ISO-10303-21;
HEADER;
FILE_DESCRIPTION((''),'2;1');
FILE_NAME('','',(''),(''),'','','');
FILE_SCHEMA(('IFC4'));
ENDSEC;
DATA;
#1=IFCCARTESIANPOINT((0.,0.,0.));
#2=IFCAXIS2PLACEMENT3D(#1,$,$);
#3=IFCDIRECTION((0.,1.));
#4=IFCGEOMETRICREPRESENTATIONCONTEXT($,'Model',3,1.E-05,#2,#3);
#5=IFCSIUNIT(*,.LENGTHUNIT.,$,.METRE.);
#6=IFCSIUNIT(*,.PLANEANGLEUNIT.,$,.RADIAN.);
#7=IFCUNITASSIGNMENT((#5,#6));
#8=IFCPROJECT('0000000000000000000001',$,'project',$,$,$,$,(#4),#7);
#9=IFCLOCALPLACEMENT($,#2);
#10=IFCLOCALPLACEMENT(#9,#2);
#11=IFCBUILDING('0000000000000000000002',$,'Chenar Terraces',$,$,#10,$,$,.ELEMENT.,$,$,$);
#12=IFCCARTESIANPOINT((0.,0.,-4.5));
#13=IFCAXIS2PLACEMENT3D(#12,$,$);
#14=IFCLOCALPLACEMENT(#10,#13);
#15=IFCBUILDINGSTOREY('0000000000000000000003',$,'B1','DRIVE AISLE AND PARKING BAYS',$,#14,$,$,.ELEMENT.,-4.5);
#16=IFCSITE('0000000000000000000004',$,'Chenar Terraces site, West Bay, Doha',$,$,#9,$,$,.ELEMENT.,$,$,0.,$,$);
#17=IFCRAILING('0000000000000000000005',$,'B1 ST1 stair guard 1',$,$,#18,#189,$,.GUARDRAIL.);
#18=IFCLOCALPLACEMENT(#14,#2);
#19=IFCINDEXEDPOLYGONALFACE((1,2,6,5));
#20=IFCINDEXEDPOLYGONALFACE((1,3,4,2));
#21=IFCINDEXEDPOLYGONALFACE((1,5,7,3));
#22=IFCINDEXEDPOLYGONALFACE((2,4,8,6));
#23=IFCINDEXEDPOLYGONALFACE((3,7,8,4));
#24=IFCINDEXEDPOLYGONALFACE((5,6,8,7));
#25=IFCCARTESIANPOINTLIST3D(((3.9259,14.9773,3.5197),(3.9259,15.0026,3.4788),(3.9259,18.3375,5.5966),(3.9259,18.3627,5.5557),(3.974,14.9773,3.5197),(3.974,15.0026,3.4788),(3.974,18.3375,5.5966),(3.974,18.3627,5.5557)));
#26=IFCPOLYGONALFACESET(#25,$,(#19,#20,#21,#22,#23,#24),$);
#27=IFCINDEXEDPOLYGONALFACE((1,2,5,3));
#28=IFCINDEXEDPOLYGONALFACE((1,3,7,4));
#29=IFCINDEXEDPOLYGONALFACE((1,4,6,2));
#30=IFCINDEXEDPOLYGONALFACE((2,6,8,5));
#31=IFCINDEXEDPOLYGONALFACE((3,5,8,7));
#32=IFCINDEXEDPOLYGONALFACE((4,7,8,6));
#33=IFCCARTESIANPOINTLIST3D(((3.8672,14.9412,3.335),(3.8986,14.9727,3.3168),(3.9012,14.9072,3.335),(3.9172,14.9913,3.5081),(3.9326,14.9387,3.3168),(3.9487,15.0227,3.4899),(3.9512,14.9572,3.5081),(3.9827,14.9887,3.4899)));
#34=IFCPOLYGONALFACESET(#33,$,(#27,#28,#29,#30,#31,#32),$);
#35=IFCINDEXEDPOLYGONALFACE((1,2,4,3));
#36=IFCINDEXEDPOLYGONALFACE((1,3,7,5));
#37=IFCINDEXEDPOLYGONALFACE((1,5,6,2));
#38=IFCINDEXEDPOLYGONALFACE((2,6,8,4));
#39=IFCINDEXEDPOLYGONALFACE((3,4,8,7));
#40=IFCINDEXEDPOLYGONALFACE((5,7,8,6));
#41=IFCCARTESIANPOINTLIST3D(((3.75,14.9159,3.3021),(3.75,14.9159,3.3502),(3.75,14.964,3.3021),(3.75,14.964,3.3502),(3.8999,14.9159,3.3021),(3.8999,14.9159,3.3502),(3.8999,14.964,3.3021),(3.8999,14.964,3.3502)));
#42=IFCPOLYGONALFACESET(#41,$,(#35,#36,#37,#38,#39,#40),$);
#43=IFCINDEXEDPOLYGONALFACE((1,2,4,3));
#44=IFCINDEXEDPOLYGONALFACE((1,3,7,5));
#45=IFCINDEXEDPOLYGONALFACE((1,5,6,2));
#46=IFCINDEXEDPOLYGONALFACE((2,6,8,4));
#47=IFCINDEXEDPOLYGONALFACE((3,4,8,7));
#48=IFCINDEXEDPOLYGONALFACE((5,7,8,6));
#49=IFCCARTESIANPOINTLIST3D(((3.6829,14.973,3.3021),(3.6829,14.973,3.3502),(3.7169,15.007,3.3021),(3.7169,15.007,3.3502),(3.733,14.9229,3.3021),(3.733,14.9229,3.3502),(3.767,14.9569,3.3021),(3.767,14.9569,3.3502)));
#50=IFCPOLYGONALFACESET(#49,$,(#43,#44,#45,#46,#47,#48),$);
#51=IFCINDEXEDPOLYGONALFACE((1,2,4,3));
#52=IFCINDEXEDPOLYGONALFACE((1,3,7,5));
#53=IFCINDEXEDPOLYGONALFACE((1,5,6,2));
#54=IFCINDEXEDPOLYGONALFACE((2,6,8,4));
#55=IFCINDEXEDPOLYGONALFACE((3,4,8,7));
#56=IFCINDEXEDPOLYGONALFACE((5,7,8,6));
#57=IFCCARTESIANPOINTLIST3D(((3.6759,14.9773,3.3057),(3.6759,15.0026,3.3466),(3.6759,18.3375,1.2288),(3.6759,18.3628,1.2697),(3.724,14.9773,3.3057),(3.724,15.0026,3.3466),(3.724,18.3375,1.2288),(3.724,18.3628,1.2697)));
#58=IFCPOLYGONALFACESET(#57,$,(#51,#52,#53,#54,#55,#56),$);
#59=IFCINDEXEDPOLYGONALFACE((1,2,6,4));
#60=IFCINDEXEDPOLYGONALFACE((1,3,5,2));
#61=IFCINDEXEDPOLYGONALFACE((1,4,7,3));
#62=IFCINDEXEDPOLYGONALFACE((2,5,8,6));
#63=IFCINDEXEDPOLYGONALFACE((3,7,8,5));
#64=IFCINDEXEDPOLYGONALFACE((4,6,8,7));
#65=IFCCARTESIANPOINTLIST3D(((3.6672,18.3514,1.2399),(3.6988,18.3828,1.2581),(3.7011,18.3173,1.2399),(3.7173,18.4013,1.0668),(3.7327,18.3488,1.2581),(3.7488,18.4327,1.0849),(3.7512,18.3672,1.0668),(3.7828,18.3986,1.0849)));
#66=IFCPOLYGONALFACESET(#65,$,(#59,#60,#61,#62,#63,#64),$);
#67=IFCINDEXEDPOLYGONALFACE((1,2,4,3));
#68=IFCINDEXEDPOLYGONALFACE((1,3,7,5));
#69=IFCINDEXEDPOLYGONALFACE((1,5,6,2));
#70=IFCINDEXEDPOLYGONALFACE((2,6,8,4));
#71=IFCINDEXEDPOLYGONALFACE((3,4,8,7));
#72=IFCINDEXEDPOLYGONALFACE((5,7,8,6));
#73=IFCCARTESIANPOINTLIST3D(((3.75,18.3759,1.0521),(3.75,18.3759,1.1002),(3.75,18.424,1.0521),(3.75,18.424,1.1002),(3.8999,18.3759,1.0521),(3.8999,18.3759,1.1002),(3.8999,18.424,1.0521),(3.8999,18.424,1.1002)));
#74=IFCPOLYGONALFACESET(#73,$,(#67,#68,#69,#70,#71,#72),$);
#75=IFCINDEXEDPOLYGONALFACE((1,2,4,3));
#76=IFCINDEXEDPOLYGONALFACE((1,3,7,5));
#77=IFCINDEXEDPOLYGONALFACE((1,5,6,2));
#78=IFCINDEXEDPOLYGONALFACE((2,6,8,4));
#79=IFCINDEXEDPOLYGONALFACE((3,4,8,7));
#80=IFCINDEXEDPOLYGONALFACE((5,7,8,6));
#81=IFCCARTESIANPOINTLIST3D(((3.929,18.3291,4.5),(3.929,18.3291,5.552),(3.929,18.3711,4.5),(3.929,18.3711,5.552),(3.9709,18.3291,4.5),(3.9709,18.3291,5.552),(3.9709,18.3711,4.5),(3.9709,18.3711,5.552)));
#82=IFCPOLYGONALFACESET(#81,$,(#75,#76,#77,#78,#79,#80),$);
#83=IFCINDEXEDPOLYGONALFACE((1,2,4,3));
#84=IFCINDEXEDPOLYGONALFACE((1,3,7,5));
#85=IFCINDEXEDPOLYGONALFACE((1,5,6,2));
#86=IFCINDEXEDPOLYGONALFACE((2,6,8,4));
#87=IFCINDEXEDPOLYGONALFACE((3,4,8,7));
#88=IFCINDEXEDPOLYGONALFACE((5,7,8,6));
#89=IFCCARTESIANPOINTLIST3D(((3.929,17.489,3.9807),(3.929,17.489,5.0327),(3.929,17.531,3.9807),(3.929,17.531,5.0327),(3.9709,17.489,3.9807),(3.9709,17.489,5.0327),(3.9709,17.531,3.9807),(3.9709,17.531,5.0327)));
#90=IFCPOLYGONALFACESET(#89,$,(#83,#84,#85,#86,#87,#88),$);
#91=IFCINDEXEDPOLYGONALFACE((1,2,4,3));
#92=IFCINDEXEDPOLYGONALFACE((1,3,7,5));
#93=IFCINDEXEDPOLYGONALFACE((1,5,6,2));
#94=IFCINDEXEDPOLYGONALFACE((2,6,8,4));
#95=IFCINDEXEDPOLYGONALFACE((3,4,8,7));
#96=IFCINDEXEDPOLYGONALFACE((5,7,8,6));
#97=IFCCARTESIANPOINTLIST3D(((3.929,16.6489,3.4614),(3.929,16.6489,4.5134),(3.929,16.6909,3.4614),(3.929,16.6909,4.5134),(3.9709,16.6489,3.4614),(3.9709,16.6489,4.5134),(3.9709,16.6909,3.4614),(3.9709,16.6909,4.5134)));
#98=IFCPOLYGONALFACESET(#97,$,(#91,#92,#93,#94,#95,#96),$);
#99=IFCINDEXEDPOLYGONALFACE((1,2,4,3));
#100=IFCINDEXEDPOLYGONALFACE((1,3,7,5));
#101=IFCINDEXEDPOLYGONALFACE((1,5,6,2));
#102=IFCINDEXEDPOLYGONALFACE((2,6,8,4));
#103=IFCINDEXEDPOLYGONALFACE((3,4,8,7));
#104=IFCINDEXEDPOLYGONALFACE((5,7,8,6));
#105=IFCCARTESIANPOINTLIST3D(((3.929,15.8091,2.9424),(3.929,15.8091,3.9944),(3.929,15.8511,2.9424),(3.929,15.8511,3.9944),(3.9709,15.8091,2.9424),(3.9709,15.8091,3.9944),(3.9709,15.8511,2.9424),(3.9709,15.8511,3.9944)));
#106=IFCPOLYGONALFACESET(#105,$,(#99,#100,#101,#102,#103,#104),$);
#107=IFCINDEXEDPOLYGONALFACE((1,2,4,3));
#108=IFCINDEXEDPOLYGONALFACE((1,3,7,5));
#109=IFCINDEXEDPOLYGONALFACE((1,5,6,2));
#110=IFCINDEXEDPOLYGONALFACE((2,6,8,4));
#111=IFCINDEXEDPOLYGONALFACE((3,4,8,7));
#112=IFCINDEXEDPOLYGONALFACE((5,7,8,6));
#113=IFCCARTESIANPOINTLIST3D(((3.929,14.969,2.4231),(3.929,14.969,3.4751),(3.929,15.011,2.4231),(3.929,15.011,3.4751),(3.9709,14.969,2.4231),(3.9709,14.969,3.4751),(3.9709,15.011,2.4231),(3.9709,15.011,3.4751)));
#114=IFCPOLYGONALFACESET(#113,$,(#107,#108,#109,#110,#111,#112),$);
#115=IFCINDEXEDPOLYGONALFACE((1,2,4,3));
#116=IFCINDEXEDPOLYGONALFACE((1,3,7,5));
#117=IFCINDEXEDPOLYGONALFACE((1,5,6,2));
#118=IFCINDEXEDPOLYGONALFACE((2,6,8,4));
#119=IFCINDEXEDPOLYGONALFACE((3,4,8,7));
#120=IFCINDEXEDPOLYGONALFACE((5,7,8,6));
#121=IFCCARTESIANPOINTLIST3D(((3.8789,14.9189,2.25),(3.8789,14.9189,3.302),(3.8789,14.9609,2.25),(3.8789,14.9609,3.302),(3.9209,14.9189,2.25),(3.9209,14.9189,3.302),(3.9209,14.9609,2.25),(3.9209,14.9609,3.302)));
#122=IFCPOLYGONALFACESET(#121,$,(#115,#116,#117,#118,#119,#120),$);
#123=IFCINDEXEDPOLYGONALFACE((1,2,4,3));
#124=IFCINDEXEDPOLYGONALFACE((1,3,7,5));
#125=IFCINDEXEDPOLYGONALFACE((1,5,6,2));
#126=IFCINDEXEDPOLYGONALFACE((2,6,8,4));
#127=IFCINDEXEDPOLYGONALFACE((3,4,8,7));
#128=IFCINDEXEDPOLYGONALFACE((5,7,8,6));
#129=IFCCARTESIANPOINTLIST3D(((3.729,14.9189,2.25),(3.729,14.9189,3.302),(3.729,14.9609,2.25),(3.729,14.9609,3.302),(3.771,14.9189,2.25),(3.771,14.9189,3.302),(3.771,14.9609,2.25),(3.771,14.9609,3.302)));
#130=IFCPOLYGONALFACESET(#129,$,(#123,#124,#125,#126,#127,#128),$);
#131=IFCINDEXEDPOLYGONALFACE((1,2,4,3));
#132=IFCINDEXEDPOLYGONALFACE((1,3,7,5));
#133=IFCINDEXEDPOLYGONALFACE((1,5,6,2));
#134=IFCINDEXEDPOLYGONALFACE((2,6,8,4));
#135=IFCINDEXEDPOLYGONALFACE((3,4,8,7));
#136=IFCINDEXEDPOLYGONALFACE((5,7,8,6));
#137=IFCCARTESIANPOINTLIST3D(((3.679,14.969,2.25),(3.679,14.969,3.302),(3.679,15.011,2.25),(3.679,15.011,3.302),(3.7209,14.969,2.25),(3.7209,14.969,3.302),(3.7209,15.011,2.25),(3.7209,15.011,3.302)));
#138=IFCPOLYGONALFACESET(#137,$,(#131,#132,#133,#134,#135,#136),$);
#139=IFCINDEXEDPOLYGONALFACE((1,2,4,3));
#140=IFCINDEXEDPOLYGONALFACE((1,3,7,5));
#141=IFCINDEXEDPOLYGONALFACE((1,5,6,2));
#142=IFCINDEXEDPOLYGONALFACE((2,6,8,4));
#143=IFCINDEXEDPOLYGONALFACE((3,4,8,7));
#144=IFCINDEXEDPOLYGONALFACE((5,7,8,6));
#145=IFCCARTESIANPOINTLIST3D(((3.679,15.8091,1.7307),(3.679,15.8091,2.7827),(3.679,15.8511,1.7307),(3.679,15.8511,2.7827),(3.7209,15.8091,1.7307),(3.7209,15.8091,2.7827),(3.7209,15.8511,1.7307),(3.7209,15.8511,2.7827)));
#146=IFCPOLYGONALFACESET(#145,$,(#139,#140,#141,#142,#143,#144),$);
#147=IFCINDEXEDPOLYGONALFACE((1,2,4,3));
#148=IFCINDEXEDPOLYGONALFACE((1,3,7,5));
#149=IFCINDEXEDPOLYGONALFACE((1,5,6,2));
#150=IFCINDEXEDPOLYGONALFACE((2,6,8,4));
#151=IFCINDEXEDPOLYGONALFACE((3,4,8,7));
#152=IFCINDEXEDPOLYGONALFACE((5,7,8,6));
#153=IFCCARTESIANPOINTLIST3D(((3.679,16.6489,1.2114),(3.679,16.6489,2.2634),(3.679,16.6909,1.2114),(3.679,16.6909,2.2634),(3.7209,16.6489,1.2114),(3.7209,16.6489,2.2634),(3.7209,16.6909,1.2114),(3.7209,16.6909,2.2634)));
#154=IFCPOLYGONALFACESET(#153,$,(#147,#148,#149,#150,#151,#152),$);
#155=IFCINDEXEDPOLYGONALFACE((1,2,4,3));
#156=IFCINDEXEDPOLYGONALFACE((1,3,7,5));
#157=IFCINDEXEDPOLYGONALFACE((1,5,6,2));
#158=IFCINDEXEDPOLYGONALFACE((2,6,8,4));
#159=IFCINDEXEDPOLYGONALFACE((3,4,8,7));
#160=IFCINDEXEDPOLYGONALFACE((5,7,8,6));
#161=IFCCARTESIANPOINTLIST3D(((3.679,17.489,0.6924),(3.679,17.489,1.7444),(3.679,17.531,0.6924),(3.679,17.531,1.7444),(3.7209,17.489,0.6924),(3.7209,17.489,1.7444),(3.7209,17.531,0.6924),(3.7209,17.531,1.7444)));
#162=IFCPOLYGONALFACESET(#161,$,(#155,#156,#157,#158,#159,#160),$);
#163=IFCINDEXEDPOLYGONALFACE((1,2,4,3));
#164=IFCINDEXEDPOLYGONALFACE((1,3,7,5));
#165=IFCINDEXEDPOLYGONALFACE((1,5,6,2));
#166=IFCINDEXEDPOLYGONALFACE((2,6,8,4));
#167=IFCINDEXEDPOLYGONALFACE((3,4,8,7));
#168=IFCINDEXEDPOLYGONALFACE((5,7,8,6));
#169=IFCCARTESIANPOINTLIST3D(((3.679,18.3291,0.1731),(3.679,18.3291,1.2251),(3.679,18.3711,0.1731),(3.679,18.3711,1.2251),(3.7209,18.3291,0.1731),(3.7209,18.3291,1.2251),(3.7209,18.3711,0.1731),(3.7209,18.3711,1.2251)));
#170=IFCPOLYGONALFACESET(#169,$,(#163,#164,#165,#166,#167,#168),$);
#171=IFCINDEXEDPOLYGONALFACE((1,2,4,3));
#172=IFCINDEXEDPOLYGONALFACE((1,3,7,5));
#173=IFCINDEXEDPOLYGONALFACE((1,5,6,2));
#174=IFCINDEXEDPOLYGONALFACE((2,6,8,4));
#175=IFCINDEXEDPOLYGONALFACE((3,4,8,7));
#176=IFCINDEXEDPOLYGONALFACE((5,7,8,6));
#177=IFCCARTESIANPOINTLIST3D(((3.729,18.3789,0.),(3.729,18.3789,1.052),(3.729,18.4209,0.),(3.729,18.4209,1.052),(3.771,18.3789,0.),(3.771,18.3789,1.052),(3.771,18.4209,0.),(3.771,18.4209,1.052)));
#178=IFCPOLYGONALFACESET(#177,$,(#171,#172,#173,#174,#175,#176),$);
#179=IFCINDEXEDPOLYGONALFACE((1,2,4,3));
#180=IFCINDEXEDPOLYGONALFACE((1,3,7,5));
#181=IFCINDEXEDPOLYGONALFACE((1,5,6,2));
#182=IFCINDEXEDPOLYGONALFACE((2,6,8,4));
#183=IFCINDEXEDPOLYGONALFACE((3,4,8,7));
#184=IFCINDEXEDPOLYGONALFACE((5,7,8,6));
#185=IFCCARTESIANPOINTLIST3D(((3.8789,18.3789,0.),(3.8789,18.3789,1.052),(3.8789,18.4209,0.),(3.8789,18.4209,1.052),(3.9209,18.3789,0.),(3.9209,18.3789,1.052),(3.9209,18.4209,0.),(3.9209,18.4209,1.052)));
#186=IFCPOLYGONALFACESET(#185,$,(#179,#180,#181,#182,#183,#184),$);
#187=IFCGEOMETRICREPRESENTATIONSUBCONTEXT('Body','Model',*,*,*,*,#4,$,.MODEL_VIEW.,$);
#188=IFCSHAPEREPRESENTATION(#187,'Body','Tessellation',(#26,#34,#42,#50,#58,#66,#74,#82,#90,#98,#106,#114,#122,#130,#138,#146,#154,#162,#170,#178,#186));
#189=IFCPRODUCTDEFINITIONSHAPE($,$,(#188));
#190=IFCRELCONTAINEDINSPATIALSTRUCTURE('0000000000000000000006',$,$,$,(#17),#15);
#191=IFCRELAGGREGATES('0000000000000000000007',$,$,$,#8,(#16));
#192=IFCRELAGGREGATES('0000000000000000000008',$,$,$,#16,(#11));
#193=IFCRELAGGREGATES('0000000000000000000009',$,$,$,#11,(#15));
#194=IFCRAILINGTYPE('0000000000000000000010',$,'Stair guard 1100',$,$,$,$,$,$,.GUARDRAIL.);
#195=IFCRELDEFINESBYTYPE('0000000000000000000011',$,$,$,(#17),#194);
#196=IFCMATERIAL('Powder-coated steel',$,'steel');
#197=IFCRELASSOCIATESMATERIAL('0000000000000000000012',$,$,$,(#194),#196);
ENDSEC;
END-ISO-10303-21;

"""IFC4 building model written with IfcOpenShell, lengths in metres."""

from ifc_helpers import new_model, si_unit, direction, frame, origin, origin_2d, place, context, subcontext, project, spatial, rectangle, extrude, material, type_object, element, save


model = new_model("IFC4")

# Units and contexts
model_context = context("Model", 3, precision=1e-05, world=origin(), true_north=direction((0.0, 1.0)))
body_context = subcontext(model_context, "Body", "Model", "MODEL_VIEW")
ifc_project = project(units=[si_unit("LENGTHUNIT", "METRE"), si_unit("PLANEANGLEUNIT", "RADIAN")], contexts=[model_context])

# Site, building, storey
site_placement = place(None, origin())
site = spatial("IfcSite", under=ifc_project, at=site_placement, Name="Chenar Terraces site, West Bay, Doha", CompositionType="ELEMENT", RefElevation=0.0)
building_placement = place(site_placement, origin())
building = spatial("IfcBuilding", under=site, at=building_placement, Name="Chenar Terraces", CompositionType="ELEMENT")
storey_placement = place(building_placement, frame((0.0, 0.0, -4.5)))
storey = spatial("IfcBuildingStorey", under=building, at=storey_placement, Name="B1", Description="DRIVE AISLE AND PARKING BAYS", CompositionType="ELEMENT", Elevation=-4.5)

# Railing
ifc_material_1 = material(Name="Powder-coated steel", Category="steel")
railing_type_1 = type_object("IfcRailingType", Name="Stair guard 1100", PredefinedType="GUARDRAIL", material=ifc_material_1)
railing_1_placement = place(storey_placement, frame((3.95, 18.3501, 4.5)))
element("IfcRailing", 1, at=railing_1_placement, inside=storey, type_object=railing_type_1, Name="B1 ST1 stair guard 1", PredefinedType="GUARDRAIL", context=body_context, shape_type="SweptSolid", body=[
    extrude(rectangle(XDim=0.0481, YDim=0.0481, at=origin_2d()), frame((0.0, 0.0, 1.0762), z_axis=(0.0, -0.850623, -0.525776), x_axis=(1.0, 0.0, 0.0)), (0.0, 0.0, 1.0), 3.9502),
    extrude(rectangle(XDim=0.0481, YDim=0.0481, at=origin_2d()), frame((0.0, -3.3601, -1.001), z_axis=(-0.26763, -0.26763, -0.925607), x_axis=(0.707107, -0.707107, 0.0)), (0.0, 0.0, 1.0), 0.187),
    extrude(rectangle(XDim=0.0481, YDim=0.0481, at=origin_2d()), frame((-0.05, -3.4102, -1.1738), z_axis=(-1.0, 0.0, 0.0), x_axis=(0.0, -1.0, 0.0)), (0.0, 0.0, 1.0), 0.1499),
    extrude(rectangle(XDim=0.0481, YDim=0.0481, at=origin_2d()), frame((-0.2, -3.4102, -1.1738), z_axis=(-0.707107, 0.707107, 0.0), x_axis=(-0.707107, -0.707107, 0.0)), (0.0, 0.0, 1.0), 0.0708),
    extrude(rectangle(XDim=0.0481, YDim=0.0481, at=origin_2d()), frame((-0.25, -3.3601, -1.1738), z_axis=(0.0, 0.850623, -0.525776), x_axis=(-1.0, 0.0, 0.0)), (0.0, 0.0, 1.0), 3.9502),
    extrude(rectangle(XDim=0.0481, YDim=0.0481, at=origin_2d()), frame((-0.25, 0.0, -3.251), z_axis=(0.267723, 0.266417, -0.92593), x_axis=(-0.705376, 0.708834, 0.0)), (0.0, 0.0, 1.0), 0.187),
    extrude(rectangle(XDim=0.0481, YDim=0.0481, at=origin_2d()), frame((-0.2, 0.0498, -3.4238), z_axis=(1.0, 0.0, 0.0), x_axis=(0.0, 1.0, 0.0)), (0.0, 0.0, 1.0), 0.1499),
    extrude(rectangle(XDim=0.042, YDim=0.042, at=origin_2d()), origin(), (0.0, 0.0, 1.0), 1.052),
    extrude(rectangle(XDim=0.042, YDim=0.042, at=origin_2d()), frame((0.0, -0.8401, -0.5193)), (0.0, 0.0, 1.0), 1.052),
    extrude(rectangle(XDim=0.042, YDim=0.042, at=origin_2d()), frame((0.0, -1.6802, -1.0386)), (0.0, 0.0, 1.0), 1.052),
    extrude(rectangle(XDim=0.042, YDim=0.042, at=origin_2d()), frame((0.0, -2.52, -1.5576)), (0.0, 0.0, 1.0), 1.052),
    extrude(rectangle(XDim=0.042, YDim=0.042, at=origin_2d()), frame((0.0, -3.3601, -2.0769)), (0.0, 0.0, 1.0), 1.052),
    extrude(rectangle(XDim=0.042, YDim=0.042, at=origin_2d()), frame((-0.05, -3.4102, -2.25)), (0.0, 0.0, 1.0), 1.052),
    extrude(rectangle(XDim=0.042, YDim=0.042, at=origin_2d()), frame((-0.2, -3.4102, -2.25)), (0.0, 0.0, 1.0), 1.052),
    extrude(rectangle(XDim=0.042, YDim=0.042, at=origin_2d()), frame((-0.25, -3.3601, -2.25)), (0.0, 0.0, 1.0), 1.052),
    extrude(rectangle(XDim=0.042, YDim=0.042, at=origin_2d()), frame((-0.25, -2.52, -2.7693)), (0.0, 0.0, 1.0), 1.052),
    extrude(rectangle(XDim=0.042, YDim=0.042, at=origin_2d()), frame((-0.25, -1.6802, -3.2886)), (0.0, 0.0, 1.0), 1.052),
    extrude(rectangle(XDim=0.042, YDim=0.042, at=origin_2d()), frame((-0.25, -0.8401, -3.8076)), (0.0, 0.0, 1.0), 1.052),
    extrude(rectangle(XDim=0.042, YDim=0.042, at=origin_2d()), frame((-0.25, 0.0, -4.3269)), (0.0, 0.0, 1.0), 1.052),
    extrude(rectangle(XDim=0.042, YDim=0.042, at=origin_2d()), frame((-0.2, 0.0498, -4.5)), (0.0, 0.0, 1.0), 1.052),
    extrude(rectangle(XDim=0.042, YDim=0.042, at=origin_2d()), frame((-0.05, 0.0498, -4.5)), (0.0, 0.0, 1.0), 1.052),
])

save(model, "model.ifc")
